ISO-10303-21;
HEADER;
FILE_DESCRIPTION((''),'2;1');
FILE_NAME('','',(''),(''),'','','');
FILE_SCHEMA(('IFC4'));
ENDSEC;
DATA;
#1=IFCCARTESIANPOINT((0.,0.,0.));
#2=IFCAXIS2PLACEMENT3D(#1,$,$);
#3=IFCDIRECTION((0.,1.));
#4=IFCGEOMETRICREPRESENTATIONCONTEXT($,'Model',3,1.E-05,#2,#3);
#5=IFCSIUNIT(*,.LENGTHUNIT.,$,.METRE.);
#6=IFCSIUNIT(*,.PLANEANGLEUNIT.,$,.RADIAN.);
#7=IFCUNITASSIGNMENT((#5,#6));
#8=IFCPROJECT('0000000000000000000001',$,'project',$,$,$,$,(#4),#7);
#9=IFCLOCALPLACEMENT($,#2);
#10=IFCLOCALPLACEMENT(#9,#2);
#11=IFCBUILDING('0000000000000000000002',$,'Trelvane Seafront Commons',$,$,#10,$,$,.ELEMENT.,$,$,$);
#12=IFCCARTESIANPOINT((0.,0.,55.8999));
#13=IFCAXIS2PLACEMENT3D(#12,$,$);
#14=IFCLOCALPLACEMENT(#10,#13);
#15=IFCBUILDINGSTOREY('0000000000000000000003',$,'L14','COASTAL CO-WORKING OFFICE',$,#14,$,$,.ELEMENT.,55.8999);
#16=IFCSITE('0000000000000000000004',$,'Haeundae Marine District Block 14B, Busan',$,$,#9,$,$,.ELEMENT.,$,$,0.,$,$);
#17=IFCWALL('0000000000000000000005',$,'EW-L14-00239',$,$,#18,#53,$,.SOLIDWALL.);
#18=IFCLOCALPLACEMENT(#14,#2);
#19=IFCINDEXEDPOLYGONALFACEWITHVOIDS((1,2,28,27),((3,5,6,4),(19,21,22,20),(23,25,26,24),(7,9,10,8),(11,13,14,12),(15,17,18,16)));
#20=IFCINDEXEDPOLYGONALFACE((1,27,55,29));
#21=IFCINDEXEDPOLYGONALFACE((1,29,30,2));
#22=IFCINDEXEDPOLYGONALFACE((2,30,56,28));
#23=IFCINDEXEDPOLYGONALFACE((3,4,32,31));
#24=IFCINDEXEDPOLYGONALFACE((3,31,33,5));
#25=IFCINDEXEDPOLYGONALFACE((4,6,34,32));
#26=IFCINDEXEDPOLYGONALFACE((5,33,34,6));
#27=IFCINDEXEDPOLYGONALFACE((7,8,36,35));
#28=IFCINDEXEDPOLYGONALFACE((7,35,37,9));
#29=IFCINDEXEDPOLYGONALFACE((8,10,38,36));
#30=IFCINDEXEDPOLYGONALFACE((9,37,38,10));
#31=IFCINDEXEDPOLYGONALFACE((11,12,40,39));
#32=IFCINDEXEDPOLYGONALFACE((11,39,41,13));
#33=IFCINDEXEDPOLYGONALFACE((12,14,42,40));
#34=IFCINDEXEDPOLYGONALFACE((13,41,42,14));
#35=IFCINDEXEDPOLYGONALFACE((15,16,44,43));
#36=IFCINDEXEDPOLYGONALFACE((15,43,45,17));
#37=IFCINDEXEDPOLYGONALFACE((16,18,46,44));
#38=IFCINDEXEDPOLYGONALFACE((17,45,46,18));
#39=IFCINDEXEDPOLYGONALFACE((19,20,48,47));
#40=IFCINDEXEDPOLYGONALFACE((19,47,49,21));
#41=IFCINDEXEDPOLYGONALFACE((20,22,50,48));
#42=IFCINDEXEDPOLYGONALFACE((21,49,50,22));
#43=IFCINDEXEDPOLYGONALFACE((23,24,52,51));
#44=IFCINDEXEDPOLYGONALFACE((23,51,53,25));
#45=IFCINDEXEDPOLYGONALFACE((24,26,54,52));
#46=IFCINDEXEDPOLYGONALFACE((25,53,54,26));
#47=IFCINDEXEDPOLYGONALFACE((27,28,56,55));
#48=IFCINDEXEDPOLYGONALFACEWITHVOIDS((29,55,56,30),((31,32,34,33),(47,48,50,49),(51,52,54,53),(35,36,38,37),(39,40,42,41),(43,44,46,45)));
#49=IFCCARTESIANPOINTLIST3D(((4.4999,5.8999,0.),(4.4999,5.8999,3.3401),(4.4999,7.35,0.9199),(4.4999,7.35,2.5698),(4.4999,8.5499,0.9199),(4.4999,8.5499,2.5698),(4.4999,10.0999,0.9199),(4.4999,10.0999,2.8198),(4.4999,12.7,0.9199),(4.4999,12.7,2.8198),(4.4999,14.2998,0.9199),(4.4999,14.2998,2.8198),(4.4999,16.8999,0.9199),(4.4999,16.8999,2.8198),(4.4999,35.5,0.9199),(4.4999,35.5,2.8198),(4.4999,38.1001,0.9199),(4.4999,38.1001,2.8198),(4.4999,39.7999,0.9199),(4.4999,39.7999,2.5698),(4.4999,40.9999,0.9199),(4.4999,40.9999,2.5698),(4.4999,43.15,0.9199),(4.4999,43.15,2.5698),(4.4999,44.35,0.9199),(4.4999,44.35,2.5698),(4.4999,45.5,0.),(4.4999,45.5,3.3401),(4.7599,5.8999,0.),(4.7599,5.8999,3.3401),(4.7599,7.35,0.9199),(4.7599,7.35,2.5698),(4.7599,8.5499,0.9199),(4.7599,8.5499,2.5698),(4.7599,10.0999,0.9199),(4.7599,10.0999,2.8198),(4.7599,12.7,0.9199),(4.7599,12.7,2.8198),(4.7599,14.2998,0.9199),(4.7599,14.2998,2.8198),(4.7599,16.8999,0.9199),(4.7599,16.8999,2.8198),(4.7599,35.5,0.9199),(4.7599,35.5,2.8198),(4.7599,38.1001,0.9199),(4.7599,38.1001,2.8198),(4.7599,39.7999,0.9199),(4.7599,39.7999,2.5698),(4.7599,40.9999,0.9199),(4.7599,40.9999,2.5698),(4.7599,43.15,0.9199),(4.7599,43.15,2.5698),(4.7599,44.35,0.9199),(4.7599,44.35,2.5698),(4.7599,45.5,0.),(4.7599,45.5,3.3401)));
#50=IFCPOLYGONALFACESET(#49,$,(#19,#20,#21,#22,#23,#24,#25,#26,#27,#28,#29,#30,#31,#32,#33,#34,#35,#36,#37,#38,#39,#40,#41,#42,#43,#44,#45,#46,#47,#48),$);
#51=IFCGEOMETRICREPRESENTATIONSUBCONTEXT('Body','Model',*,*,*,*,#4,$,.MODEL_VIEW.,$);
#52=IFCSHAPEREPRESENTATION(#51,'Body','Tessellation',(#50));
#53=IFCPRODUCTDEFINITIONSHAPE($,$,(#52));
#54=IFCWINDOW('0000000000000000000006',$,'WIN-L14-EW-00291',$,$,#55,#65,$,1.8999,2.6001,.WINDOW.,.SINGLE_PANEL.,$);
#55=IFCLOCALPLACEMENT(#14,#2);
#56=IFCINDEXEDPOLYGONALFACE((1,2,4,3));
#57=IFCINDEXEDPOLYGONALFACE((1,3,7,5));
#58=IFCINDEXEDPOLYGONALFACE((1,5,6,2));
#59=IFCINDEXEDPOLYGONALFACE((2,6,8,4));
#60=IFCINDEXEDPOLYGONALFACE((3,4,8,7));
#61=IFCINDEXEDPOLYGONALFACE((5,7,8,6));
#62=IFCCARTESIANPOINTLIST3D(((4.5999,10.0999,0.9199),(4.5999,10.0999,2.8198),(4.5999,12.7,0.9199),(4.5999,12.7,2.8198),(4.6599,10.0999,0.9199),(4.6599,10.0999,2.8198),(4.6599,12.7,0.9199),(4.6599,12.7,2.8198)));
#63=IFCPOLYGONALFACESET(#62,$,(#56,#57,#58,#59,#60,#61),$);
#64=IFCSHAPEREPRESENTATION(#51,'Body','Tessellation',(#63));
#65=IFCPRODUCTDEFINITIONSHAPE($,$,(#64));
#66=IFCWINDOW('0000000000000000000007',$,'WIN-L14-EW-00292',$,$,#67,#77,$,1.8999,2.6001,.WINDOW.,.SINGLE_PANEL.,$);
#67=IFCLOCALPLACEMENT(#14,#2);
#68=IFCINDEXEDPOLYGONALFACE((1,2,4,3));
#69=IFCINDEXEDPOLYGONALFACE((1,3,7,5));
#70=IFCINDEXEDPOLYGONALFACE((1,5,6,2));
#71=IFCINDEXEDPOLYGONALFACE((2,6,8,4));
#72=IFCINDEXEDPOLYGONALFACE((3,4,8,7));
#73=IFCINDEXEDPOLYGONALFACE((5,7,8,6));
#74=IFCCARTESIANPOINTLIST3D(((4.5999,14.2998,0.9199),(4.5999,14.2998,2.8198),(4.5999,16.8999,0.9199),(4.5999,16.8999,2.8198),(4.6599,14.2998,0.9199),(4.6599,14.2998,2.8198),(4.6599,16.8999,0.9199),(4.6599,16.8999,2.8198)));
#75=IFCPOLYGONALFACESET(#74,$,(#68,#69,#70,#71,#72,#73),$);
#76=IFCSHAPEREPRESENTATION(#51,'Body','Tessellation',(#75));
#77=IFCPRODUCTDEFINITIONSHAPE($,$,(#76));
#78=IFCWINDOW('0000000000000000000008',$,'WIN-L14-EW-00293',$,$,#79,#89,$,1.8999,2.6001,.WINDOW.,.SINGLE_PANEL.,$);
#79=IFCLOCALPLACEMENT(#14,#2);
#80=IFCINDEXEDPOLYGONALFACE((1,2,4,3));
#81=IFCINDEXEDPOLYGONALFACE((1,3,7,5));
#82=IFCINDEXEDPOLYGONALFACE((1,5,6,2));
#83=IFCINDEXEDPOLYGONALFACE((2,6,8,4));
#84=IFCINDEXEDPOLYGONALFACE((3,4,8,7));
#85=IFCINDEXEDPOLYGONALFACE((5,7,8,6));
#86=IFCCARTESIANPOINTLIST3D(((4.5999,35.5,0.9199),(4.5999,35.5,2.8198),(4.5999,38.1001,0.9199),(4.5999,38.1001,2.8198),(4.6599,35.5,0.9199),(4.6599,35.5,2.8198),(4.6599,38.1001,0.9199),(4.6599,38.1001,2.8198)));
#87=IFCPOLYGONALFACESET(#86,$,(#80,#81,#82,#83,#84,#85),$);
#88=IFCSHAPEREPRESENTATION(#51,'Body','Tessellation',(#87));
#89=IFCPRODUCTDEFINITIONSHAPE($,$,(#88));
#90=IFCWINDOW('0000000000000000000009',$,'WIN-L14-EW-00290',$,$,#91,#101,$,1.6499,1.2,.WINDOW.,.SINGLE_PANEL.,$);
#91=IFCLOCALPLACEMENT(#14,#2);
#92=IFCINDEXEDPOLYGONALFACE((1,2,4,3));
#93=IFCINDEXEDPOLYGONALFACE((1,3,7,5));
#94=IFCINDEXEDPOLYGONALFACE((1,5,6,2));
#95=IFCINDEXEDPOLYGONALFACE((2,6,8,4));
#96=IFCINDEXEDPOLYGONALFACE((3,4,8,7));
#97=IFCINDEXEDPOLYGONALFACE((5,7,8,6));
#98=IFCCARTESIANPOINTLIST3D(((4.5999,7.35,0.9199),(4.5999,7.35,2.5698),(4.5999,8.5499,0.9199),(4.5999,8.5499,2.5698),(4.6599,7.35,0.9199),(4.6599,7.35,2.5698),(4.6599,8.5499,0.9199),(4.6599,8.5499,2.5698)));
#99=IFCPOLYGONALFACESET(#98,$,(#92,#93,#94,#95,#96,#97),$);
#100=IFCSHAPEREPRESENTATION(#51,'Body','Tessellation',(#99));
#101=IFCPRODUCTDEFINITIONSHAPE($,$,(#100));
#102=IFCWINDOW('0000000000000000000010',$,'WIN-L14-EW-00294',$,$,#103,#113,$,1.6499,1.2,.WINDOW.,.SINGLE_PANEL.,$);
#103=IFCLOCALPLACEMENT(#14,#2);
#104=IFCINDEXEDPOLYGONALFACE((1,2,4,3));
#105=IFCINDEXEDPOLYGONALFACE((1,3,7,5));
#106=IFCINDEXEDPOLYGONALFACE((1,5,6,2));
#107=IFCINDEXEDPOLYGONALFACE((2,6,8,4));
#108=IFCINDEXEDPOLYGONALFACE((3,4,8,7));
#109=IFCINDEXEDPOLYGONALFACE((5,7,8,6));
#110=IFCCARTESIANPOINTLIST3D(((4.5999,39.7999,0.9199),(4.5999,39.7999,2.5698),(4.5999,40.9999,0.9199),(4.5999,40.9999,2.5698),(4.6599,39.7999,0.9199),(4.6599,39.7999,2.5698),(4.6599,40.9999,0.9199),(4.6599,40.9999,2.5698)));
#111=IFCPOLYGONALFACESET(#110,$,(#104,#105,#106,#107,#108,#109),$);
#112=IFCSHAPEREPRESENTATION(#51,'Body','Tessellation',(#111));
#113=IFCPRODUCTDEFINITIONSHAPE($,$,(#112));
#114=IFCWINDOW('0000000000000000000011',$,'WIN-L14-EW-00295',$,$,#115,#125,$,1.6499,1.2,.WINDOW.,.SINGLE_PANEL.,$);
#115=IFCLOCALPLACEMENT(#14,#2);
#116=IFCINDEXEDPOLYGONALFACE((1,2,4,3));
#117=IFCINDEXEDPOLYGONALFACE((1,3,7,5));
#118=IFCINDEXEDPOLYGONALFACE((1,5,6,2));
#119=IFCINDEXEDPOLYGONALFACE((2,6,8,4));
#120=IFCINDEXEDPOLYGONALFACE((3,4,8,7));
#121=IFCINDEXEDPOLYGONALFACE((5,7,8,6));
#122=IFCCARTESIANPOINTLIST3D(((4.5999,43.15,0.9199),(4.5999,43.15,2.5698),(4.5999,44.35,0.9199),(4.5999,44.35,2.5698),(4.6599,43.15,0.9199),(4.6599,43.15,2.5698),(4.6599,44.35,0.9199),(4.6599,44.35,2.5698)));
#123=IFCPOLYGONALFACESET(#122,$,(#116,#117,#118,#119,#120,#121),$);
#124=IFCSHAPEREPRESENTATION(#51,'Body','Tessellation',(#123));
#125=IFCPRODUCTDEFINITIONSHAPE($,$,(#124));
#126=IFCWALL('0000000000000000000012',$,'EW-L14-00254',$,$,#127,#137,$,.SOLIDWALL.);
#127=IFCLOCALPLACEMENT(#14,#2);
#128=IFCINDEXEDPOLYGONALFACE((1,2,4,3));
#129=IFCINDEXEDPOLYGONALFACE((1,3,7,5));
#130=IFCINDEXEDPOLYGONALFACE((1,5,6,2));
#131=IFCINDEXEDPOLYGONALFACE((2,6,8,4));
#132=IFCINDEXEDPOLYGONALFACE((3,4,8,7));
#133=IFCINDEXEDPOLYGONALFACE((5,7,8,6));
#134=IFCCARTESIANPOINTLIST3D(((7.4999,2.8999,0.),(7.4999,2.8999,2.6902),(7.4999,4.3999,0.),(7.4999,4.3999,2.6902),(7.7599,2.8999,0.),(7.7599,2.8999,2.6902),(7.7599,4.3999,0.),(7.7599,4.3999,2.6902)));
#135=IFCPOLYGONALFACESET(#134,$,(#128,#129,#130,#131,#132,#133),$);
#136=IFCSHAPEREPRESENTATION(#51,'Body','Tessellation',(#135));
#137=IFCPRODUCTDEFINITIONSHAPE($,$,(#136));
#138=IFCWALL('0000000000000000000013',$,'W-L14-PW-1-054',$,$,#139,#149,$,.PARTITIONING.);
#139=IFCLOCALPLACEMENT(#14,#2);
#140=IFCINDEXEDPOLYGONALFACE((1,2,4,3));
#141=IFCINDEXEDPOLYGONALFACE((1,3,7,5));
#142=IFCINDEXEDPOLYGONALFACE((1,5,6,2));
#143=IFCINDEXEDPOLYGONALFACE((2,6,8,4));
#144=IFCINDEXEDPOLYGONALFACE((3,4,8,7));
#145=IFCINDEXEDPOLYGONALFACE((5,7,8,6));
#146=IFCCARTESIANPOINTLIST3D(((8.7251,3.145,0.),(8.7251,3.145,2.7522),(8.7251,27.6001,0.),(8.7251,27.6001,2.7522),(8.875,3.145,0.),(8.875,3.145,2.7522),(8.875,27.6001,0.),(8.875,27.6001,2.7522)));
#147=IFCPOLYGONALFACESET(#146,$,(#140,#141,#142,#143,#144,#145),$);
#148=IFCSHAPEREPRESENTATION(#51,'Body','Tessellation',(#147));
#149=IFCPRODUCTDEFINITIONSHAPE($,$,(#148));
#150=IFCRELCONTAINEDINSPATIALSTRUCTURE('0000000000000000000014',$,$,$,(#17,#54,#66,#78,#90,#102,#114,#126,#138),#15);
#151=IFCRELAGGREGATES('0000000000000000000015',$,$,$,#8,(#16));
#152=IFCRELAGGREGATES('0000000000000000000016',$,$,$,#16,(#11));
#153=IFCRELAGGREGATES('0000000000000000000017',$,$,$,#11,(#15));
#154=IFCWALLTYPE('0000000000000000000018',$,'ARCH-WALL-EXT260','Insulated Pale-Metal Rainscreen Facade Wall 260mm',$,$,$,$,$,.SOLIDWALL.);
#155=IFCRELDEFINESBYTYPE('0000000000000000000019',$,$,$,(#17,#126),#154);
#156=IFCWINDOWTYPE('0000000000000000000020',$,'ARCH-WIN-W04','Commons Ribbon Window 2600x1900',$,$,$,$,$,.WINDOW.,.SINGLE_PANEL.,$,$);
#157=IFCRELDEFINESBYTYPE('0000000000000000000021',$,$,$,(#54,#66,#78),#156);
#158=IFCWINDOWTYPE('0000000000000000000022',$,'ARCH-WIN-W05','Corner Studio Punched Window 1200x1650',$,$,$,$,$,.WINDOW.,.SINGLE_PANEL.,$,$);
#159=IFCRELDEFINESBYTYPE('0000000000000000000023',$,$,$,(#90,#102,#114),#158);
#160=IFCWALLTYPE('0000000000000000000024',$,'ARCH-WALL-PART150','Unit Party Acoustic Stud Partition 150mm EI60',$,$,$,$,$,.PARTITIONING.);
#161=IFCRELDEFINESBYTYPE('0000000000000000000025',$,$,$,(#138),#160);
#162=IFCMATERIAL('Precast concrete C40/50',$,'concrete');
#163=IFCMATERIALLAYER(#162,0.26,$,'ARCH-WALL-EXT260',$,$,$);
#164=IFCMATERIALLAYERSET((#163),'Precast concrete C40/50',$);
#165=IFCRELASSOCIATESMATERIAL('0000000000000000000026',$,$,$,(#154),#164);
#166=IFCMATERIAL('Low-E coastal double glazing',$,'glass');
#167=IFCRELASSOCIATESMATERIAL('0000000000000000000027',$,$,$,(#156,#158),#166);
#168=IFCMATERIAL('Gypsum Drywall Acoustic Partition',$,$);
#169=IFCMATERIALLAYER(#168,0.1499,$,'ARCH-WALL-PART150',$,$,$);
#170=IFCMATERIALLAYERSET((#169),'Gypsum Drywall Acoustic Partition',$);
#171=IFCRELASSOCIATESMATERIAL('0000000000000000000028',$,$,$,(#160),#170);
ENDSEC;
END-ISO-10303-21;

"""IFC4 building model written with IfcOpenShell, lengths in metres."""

from ifc_helpers import new_model, si_unit, direction, frame, frame_2d, origin, place, context, subcontext, project, spatial, rectangle, extrude, source, transform, mapped, material, layer, layer_set, type_object, element, fill, save


model = new_model("IFC4")

# Units and contexts
model_context = context("Model", 3, precision=1e-05, world=origin(), true_north=direction((0.0, 1.0)))
body_context = subcontext(model_context, "Body", "Model", "MODEL_VIEW")
ifc_project = project(units=[si_unit("LENGTHUNIT", "METRE"), si_unit("PLANEANGLEUNIT", "RADIAN")], contexts=[model_context])

# Site, building, storey
site_placement = place(None, origin())
site = spatial("IfcSite", under=ifc_project, at=site_placement, Name="Haeundae Marine District Block 14B, Busan", CompositionType="ELEMENT", RefElevation=0.0)
building_placement = place(site_placement, origin())
building = spatial("IfcBuilding", under=site, at=building_placement, Name="Trelvane Seafront Commons", CompositionType="ELEMENT")
storey_placement = place(building_placement, frame((0.0, 0.0, 55.8999)))
storey = spatial("IfcBuildingStorey", under=building, at=storey_placement, Name="L14", Description="COASTAL CO-WORKING OFFICE", CompositionType="ELEMENT", Elevation=55.8999)

# Shared definitions
ifc_material_1 = material(Name="Precast concrete C40/50", Category="concrete")
ifc_layer_1 = layer(ifc_material_1, 0.26, Name="ARCH-WALL-EXT260")
ifc_layer_set_1 = layer_set([ifc_layer_1], Name="Precast concrete C40/50")
wall_type_1 = type_object("IfcWallType", Name="ARCH-WALL-EXT260", Description="Insulated Pale-Metal Rainscreen Facade Wall 260mm", PredefinedType="SOLIDWALL", material=ifc_layer_set_1)

# Wall, openings, windows
wall_1_placement = place(storey_placement, frame((4.6299, 5.8999, 0.0), z_axis=(0.0, 0.0, 1.0), x_axis=(0.0, 1.0, 0.0)))
wall_1 = element("IfcWall", 1, at=wall_1_placement, inside=storey, type_object=wall_type_1, Name="EW-L14-00239", PredefinedType="SOLIDWALL", context=body_context, shape_type="SweptSolid", body=[
    extrude(rectangle(XDim=39.6001, YDim=0.26, at=frame_2d((19.8, 0.0))), origin(), (0.0, 0.0, 1.0), 3.3401),
])
opening_1_placement = place(wall_1_placement, frame((1.45, 0.0, 0.9199)))
opening_1 = element("IfcOpeningElement", 2, at=opening_1_placement, cuts=wall_1, PredefinedType="OPENING", context=body_context, shape_type="SweptSolid", body=[
    extrude(rectangle(XDim=1.2, YDim=1.6499, at=frame_2d((0.6001, 0.825))), frame((0.0, 0.1399, 0.0), z_axis=(0.0, -1.0, 0.0), x_axis=(1.0, 0.0, 0.0)), (0.0, 0.0, 1.0), 0.28),
])
opening_2_placement = place(wall_1_placement, frame((4.2, 0.0, 0.9199)))
opening_2 = element("IfcOpeningElement", 3, at=opening_2_placement, cuts=wall_1, PredefinedType="OPENING", context=body_context, shape_type="SweptSolid", body=[
    extrude(rectangle(XDim=2.6001, YDim=1.8999, at=frame_2d((1.3, 0.95))), frame((0.0, 0.1399, 0.0), z_axis=(0.0, -1.0, 0.0), x_axis=(1.0, 0.0, 0.0)), (0.0, 0.0, 1.0), 0.28),
])
opening_3_placement = place(wall_1_placement, frame((8.3999, 0.0, 0.9199)))
opening_3 = element("IfcOpeningElement", 4, at=opening_3_placement, cuts=wall_1, PredefinedType="OPENING", context=body_context, shape_type="SweptSolid", body=[
    extrude(rectangle(XDim=2.6001, YDim=1.8999, at=frame_2d((1.3, 0.95))), frame((0.0, 0.1399, 0.0), z_axis=(0.0, -1.0, 0.0), x_axis=(1.0, 0.0, 0.0)), (0.0, 0.0, 1.0), 0.28),
])
opening_4_placement = place(wall_1_placement, frame((29.6001, 0.0, 0.9199)))
opening_4 = element("IfcOpeningElement", 5, at=opening_4_placement, cuts=wall_1, PredefinedType="OPENING", context=body_context, shape_type="SweptSolid", body=[
    extrude(rectangle(XDim=2.6001, YDim=1.8999, at=frame_2d((1.3, 0.95))), frame((0.0, 0.1399, 0.0), z_axis=(0.0, -1.0, 0.0), x_axis=(1.0, 0.0, 0.0)), (0.0, 0.0, 1.0), 0.28),
])
opening_5_placement = place(wall_1_placement, frame((33.8999, 0.0, 0.9199)))
opening_5 = element("IfcOpeningElement", 6, at=opening_5_placement, cuts=wall_1, PredefinedType="OPENING", context=body_context, shape_type="SweptSolid", body=[
    extrude(rectangle(XDim=1.2, YDim=1.6499, at=frame_2d((0.6001, 0.825))), frame((0.0, 0.1399, 0.0), z_axis=(0.0, -1.0, 0.0), x_axis=(1.0, 0.0, 0.0)), (0.0, 0.0, 1.0), 0.28),
])
opening_6_placement = place(wall_1_placement, frame((37.25, 0.0, 0.9199)))
opening_6 = element("IfcOpeningElement", 7, at=opening_6_placement, cuts=wall_1, PredefinedType="OPENING", context=body_context, shape_type="SweptSolid", body=[
    extrude(rectangle(XDim=1.2, YDim=1.6499, at=frame_2d((0.6001, 0.825))), frame((0.0, 0.1399, 0.0), z_axis=(0.0, -1.0, 0.0), x_axis=(1.0, 0.0, 0.0)), (0.0, 0.0, 1.0), 0.28),
])
ifc_material_2 = material(Name="Low-E coastal double glazing", Category="glass")
window_type_1 = type_object("IfcWindowType", Name="ARCH-WIN-W04", Description="Commons Ribbon Window 2600x1900", PartitioningType="SINGLE_PANEL", PredefinedType="WINDOW", material=ifc_material_2)
shared_shape_1 = source(origin(), body_context, "Body", "SweptSolid", [
    extrude(rectangle(XDim=2.6001, YDim=1.8999, at=frame_2d((1.3, 0.95))), frame((0.0, 0.03, 0.0), z_axis=(0.0, -1.0, 0.0), x_axis=(1.0, 0.0, 0.0)), (0.0, 0.0, 1.0), 0.0601),
])
window_1_placement = place(opening_2_placement, origin())
window_1 = element("IfcWindow", 8, at=window_1_placement, inside=storey, type_object=window_type_1, Name="WIN-L14-EW-00291", OverallHeight=1.8999, OverallWidth=2.6001, PartitioningType="SINGLE_PANEL", PredefinedType="WINDOW", context=body_context, shape_type="MappedRepresentation", body=[
    mapped(shared_shape_1, transform((0.0, 0.0, 0.0), x_axis=(1.0, 0.0, 0.0), y_axis=(0.0, 1.0, 0.0), z_axis=(0.0, 0.0, 1.0), scale=1.0)),
])
fill(opening_2, window_1)
window_2_placement = place(opening_3_placement, origin())
window_2 = element("IfcWindow", 9, at=window_2_placement, inside=storey, type_object=window_type_1, Name="WIN-L14-EW-00292", OverallHeight=1.8999, OverallWidth=2.6001, PartitioningType="SINGLE_PANEL", PredefinedType="WINDOW", context=body_context, shape_type="MappedRepresentation", body=[
    mapped(shared_shape_1, transform((0.0, 0.0, 0.0), x_axis=(1.0, 0.0, 0.0), y_axis=(0.0, 1.0, 0.0), z_axis=(0.0, 0.0, 1.0), scale=1.0)),
])
fill(opening_3, window_2)
window_3_placement = place(opening_4_placement, origin())
window_3 = element("IfcWindow", 10, at=window_3_placement, inside=storey, type_object=window_type_1, Name="WIN-L14-EW-00293", OverallHeight=1.8999, OverallWidth=2.6001, PartitioningType="SINGLE_PANEL", PredefinedType="WINDOW", context=body_context, shape_type="MappedRepresentation", body=[
    mapped(shared_shape_1, transform((0.0, 0.0, 0.0), x_axis=(1.0, 0.0, 0.0), y_axis=(0.0, 1.0, 0.0), z_axis=(0.0, 0.0, 1.0), scale=1.0)),
])
fill(opening_4, window_3)
window_type_2 = type_object("IfcWindowType", Name="ARCH-WIN-W05", Description="Corner Studio Punched Window 1200x1650", PartitioningType="SINGLE_PANEL", PredefinedType="WINDOW", material=ifc_material_2)
shared_shape_2 = source(origin(), body_context, "Body", "SweptSolid", [
    extrude(rectangle(XDim=1.2, YDim=1.6499, at=frame_2d((0.6001, 0.825))), frame((0.0, 0.03, 0.0), z_axis=(0.0, -1.0, 0.0), x_axis=(1.0, 0.0, 0.0)), (0.0, 0.0, 1.0), 0.0601),
])
window_4_placement = place(opening_1_placement, origin())
window_4 = element("IfcWindow", 11, at=window_4_placement, inside=storey, type_object=window_type_2, Name="WIN-L14-EW-00290", OverallHeight=1.6499, OverallWidth=1.2, PartitioningType="SINGLE_PANEL", PredefinedType="WINDOW", context=body_context, shape_type="MappedRepresentation", body=[
    mapped(shared_shape_2, transform((0.0, 0.0, 0.0), x_axis=(1.0, 0.0, 0.0), y_axis=(0.0, 1.0, 0.0), z_axis=(0.0, 0.0, 1.0), scale=1.0)),
])
fill(opening_1, window_4)
window_5_placement = place(opening_5_placement, origin())
window_5 = element("IfcWindow", 12, at=window_5_placement, inside=storey, type_object=window_type_2, Name="WIN-L14-EW-00294", OverallHeight=1.6499, OverallWidth=1.2, PartitioningType="SINGLE_PANEL", PredefinedType="WINDOW", context=body_context, shape_type="MappedRepresentation", body=[
    mapped(shared_shape_2, transform((0.0, 0.0, 0.0), x_axis=(1.0, 0.0, 0.0), y_axis=(0.0, 1.0, 0.0), z_axis=(0.0, 0.0, 1.0), scale=1.0)),
])
fill(opening_5, window_5)
window_6_placement = place(opening_6_placement, origin())
window_6 = element("IfcWindow", 13, at=window_6_placement, inside=storey, type_object=window_type_2, Name="WIN-L14-EW-00295", OverallHeight=1.6499, OverallWidth=1.2, PartitioningType="SINGLE_PANEL", PredefinedType="WINDOW", context=body_context, shape_type="MappedRepresentation", body=[
    mapped(shared_shape_2, transform((0.0, 0.0, 0.0), x_axis=(1.0, 0.0, 0.0), y_axis=(0.0, 1.0, 0.0), z_axis=(0.0, 0.0, 1.0), scale=1.0)),
])
fill(opening_6, window_6)

# Walls
wall_2_placement = place(storey_placement, frame((7.6299, 2.8999, 0.0), z_axis=(0.0, 0.0, 1.0), x_axis=(0.0, 1.0, 0.0)))
element("IfcWall", 14, at=wall_2_placement, inside=storey, type_object=wall_type_1, Name="EW-L14-00254", PredefinedType="SOLIDWALL", context=body_context, shape_type="SweptSolid", body=[
    extrude(rectangle(XDim=1.5, YDim=0.26, at=frame_2d((0.75, 0.0))), origin(), (0.0, 0.0, 1.0), 2.6902),
])
ifc_material_3 = material(Name="Gypsum Drywall Acoustic Partition")
ifc_layer_2 = layer(ifc_material_3, 0.1499, Name="ARCH-WALL-PART150")
ifc_layer_set_2 = layer_set([ifc_layer_2], Name="Gypsum Drywall Acoustic Partition")
wall_type_2 = type_object("IfcWallType", Name="ARCH-WALL-PART150", Description="Unit Party Acoustic Stud Partition 150mm EI60", PredefinedType="PARTITIONING", material=ifc_layer_set_2)
wall_3_placement = place(storey_placement, frame((8.8, 3.145, 0.0), z_axis=(0.0, 0.0, 1.0), x_axis=(0.0, 1.0, 0.0)))
element("IfcWall", 15, at=wall_3_placement, inside=storey, type_object=wall_type_2, Name="W-L14-PW-1-054", PredefinedType="PARTITIONING", context=body_context, shape_type="SweptSolid", body=[
    extrude(rectangle(XDim=24.4551, YDim=0.1499, at=frame_2d((12.2275, 0.0))), origin(), (0.0, 0.0, 1.0), 2.7522),
])

save(model, "model.ifc")
